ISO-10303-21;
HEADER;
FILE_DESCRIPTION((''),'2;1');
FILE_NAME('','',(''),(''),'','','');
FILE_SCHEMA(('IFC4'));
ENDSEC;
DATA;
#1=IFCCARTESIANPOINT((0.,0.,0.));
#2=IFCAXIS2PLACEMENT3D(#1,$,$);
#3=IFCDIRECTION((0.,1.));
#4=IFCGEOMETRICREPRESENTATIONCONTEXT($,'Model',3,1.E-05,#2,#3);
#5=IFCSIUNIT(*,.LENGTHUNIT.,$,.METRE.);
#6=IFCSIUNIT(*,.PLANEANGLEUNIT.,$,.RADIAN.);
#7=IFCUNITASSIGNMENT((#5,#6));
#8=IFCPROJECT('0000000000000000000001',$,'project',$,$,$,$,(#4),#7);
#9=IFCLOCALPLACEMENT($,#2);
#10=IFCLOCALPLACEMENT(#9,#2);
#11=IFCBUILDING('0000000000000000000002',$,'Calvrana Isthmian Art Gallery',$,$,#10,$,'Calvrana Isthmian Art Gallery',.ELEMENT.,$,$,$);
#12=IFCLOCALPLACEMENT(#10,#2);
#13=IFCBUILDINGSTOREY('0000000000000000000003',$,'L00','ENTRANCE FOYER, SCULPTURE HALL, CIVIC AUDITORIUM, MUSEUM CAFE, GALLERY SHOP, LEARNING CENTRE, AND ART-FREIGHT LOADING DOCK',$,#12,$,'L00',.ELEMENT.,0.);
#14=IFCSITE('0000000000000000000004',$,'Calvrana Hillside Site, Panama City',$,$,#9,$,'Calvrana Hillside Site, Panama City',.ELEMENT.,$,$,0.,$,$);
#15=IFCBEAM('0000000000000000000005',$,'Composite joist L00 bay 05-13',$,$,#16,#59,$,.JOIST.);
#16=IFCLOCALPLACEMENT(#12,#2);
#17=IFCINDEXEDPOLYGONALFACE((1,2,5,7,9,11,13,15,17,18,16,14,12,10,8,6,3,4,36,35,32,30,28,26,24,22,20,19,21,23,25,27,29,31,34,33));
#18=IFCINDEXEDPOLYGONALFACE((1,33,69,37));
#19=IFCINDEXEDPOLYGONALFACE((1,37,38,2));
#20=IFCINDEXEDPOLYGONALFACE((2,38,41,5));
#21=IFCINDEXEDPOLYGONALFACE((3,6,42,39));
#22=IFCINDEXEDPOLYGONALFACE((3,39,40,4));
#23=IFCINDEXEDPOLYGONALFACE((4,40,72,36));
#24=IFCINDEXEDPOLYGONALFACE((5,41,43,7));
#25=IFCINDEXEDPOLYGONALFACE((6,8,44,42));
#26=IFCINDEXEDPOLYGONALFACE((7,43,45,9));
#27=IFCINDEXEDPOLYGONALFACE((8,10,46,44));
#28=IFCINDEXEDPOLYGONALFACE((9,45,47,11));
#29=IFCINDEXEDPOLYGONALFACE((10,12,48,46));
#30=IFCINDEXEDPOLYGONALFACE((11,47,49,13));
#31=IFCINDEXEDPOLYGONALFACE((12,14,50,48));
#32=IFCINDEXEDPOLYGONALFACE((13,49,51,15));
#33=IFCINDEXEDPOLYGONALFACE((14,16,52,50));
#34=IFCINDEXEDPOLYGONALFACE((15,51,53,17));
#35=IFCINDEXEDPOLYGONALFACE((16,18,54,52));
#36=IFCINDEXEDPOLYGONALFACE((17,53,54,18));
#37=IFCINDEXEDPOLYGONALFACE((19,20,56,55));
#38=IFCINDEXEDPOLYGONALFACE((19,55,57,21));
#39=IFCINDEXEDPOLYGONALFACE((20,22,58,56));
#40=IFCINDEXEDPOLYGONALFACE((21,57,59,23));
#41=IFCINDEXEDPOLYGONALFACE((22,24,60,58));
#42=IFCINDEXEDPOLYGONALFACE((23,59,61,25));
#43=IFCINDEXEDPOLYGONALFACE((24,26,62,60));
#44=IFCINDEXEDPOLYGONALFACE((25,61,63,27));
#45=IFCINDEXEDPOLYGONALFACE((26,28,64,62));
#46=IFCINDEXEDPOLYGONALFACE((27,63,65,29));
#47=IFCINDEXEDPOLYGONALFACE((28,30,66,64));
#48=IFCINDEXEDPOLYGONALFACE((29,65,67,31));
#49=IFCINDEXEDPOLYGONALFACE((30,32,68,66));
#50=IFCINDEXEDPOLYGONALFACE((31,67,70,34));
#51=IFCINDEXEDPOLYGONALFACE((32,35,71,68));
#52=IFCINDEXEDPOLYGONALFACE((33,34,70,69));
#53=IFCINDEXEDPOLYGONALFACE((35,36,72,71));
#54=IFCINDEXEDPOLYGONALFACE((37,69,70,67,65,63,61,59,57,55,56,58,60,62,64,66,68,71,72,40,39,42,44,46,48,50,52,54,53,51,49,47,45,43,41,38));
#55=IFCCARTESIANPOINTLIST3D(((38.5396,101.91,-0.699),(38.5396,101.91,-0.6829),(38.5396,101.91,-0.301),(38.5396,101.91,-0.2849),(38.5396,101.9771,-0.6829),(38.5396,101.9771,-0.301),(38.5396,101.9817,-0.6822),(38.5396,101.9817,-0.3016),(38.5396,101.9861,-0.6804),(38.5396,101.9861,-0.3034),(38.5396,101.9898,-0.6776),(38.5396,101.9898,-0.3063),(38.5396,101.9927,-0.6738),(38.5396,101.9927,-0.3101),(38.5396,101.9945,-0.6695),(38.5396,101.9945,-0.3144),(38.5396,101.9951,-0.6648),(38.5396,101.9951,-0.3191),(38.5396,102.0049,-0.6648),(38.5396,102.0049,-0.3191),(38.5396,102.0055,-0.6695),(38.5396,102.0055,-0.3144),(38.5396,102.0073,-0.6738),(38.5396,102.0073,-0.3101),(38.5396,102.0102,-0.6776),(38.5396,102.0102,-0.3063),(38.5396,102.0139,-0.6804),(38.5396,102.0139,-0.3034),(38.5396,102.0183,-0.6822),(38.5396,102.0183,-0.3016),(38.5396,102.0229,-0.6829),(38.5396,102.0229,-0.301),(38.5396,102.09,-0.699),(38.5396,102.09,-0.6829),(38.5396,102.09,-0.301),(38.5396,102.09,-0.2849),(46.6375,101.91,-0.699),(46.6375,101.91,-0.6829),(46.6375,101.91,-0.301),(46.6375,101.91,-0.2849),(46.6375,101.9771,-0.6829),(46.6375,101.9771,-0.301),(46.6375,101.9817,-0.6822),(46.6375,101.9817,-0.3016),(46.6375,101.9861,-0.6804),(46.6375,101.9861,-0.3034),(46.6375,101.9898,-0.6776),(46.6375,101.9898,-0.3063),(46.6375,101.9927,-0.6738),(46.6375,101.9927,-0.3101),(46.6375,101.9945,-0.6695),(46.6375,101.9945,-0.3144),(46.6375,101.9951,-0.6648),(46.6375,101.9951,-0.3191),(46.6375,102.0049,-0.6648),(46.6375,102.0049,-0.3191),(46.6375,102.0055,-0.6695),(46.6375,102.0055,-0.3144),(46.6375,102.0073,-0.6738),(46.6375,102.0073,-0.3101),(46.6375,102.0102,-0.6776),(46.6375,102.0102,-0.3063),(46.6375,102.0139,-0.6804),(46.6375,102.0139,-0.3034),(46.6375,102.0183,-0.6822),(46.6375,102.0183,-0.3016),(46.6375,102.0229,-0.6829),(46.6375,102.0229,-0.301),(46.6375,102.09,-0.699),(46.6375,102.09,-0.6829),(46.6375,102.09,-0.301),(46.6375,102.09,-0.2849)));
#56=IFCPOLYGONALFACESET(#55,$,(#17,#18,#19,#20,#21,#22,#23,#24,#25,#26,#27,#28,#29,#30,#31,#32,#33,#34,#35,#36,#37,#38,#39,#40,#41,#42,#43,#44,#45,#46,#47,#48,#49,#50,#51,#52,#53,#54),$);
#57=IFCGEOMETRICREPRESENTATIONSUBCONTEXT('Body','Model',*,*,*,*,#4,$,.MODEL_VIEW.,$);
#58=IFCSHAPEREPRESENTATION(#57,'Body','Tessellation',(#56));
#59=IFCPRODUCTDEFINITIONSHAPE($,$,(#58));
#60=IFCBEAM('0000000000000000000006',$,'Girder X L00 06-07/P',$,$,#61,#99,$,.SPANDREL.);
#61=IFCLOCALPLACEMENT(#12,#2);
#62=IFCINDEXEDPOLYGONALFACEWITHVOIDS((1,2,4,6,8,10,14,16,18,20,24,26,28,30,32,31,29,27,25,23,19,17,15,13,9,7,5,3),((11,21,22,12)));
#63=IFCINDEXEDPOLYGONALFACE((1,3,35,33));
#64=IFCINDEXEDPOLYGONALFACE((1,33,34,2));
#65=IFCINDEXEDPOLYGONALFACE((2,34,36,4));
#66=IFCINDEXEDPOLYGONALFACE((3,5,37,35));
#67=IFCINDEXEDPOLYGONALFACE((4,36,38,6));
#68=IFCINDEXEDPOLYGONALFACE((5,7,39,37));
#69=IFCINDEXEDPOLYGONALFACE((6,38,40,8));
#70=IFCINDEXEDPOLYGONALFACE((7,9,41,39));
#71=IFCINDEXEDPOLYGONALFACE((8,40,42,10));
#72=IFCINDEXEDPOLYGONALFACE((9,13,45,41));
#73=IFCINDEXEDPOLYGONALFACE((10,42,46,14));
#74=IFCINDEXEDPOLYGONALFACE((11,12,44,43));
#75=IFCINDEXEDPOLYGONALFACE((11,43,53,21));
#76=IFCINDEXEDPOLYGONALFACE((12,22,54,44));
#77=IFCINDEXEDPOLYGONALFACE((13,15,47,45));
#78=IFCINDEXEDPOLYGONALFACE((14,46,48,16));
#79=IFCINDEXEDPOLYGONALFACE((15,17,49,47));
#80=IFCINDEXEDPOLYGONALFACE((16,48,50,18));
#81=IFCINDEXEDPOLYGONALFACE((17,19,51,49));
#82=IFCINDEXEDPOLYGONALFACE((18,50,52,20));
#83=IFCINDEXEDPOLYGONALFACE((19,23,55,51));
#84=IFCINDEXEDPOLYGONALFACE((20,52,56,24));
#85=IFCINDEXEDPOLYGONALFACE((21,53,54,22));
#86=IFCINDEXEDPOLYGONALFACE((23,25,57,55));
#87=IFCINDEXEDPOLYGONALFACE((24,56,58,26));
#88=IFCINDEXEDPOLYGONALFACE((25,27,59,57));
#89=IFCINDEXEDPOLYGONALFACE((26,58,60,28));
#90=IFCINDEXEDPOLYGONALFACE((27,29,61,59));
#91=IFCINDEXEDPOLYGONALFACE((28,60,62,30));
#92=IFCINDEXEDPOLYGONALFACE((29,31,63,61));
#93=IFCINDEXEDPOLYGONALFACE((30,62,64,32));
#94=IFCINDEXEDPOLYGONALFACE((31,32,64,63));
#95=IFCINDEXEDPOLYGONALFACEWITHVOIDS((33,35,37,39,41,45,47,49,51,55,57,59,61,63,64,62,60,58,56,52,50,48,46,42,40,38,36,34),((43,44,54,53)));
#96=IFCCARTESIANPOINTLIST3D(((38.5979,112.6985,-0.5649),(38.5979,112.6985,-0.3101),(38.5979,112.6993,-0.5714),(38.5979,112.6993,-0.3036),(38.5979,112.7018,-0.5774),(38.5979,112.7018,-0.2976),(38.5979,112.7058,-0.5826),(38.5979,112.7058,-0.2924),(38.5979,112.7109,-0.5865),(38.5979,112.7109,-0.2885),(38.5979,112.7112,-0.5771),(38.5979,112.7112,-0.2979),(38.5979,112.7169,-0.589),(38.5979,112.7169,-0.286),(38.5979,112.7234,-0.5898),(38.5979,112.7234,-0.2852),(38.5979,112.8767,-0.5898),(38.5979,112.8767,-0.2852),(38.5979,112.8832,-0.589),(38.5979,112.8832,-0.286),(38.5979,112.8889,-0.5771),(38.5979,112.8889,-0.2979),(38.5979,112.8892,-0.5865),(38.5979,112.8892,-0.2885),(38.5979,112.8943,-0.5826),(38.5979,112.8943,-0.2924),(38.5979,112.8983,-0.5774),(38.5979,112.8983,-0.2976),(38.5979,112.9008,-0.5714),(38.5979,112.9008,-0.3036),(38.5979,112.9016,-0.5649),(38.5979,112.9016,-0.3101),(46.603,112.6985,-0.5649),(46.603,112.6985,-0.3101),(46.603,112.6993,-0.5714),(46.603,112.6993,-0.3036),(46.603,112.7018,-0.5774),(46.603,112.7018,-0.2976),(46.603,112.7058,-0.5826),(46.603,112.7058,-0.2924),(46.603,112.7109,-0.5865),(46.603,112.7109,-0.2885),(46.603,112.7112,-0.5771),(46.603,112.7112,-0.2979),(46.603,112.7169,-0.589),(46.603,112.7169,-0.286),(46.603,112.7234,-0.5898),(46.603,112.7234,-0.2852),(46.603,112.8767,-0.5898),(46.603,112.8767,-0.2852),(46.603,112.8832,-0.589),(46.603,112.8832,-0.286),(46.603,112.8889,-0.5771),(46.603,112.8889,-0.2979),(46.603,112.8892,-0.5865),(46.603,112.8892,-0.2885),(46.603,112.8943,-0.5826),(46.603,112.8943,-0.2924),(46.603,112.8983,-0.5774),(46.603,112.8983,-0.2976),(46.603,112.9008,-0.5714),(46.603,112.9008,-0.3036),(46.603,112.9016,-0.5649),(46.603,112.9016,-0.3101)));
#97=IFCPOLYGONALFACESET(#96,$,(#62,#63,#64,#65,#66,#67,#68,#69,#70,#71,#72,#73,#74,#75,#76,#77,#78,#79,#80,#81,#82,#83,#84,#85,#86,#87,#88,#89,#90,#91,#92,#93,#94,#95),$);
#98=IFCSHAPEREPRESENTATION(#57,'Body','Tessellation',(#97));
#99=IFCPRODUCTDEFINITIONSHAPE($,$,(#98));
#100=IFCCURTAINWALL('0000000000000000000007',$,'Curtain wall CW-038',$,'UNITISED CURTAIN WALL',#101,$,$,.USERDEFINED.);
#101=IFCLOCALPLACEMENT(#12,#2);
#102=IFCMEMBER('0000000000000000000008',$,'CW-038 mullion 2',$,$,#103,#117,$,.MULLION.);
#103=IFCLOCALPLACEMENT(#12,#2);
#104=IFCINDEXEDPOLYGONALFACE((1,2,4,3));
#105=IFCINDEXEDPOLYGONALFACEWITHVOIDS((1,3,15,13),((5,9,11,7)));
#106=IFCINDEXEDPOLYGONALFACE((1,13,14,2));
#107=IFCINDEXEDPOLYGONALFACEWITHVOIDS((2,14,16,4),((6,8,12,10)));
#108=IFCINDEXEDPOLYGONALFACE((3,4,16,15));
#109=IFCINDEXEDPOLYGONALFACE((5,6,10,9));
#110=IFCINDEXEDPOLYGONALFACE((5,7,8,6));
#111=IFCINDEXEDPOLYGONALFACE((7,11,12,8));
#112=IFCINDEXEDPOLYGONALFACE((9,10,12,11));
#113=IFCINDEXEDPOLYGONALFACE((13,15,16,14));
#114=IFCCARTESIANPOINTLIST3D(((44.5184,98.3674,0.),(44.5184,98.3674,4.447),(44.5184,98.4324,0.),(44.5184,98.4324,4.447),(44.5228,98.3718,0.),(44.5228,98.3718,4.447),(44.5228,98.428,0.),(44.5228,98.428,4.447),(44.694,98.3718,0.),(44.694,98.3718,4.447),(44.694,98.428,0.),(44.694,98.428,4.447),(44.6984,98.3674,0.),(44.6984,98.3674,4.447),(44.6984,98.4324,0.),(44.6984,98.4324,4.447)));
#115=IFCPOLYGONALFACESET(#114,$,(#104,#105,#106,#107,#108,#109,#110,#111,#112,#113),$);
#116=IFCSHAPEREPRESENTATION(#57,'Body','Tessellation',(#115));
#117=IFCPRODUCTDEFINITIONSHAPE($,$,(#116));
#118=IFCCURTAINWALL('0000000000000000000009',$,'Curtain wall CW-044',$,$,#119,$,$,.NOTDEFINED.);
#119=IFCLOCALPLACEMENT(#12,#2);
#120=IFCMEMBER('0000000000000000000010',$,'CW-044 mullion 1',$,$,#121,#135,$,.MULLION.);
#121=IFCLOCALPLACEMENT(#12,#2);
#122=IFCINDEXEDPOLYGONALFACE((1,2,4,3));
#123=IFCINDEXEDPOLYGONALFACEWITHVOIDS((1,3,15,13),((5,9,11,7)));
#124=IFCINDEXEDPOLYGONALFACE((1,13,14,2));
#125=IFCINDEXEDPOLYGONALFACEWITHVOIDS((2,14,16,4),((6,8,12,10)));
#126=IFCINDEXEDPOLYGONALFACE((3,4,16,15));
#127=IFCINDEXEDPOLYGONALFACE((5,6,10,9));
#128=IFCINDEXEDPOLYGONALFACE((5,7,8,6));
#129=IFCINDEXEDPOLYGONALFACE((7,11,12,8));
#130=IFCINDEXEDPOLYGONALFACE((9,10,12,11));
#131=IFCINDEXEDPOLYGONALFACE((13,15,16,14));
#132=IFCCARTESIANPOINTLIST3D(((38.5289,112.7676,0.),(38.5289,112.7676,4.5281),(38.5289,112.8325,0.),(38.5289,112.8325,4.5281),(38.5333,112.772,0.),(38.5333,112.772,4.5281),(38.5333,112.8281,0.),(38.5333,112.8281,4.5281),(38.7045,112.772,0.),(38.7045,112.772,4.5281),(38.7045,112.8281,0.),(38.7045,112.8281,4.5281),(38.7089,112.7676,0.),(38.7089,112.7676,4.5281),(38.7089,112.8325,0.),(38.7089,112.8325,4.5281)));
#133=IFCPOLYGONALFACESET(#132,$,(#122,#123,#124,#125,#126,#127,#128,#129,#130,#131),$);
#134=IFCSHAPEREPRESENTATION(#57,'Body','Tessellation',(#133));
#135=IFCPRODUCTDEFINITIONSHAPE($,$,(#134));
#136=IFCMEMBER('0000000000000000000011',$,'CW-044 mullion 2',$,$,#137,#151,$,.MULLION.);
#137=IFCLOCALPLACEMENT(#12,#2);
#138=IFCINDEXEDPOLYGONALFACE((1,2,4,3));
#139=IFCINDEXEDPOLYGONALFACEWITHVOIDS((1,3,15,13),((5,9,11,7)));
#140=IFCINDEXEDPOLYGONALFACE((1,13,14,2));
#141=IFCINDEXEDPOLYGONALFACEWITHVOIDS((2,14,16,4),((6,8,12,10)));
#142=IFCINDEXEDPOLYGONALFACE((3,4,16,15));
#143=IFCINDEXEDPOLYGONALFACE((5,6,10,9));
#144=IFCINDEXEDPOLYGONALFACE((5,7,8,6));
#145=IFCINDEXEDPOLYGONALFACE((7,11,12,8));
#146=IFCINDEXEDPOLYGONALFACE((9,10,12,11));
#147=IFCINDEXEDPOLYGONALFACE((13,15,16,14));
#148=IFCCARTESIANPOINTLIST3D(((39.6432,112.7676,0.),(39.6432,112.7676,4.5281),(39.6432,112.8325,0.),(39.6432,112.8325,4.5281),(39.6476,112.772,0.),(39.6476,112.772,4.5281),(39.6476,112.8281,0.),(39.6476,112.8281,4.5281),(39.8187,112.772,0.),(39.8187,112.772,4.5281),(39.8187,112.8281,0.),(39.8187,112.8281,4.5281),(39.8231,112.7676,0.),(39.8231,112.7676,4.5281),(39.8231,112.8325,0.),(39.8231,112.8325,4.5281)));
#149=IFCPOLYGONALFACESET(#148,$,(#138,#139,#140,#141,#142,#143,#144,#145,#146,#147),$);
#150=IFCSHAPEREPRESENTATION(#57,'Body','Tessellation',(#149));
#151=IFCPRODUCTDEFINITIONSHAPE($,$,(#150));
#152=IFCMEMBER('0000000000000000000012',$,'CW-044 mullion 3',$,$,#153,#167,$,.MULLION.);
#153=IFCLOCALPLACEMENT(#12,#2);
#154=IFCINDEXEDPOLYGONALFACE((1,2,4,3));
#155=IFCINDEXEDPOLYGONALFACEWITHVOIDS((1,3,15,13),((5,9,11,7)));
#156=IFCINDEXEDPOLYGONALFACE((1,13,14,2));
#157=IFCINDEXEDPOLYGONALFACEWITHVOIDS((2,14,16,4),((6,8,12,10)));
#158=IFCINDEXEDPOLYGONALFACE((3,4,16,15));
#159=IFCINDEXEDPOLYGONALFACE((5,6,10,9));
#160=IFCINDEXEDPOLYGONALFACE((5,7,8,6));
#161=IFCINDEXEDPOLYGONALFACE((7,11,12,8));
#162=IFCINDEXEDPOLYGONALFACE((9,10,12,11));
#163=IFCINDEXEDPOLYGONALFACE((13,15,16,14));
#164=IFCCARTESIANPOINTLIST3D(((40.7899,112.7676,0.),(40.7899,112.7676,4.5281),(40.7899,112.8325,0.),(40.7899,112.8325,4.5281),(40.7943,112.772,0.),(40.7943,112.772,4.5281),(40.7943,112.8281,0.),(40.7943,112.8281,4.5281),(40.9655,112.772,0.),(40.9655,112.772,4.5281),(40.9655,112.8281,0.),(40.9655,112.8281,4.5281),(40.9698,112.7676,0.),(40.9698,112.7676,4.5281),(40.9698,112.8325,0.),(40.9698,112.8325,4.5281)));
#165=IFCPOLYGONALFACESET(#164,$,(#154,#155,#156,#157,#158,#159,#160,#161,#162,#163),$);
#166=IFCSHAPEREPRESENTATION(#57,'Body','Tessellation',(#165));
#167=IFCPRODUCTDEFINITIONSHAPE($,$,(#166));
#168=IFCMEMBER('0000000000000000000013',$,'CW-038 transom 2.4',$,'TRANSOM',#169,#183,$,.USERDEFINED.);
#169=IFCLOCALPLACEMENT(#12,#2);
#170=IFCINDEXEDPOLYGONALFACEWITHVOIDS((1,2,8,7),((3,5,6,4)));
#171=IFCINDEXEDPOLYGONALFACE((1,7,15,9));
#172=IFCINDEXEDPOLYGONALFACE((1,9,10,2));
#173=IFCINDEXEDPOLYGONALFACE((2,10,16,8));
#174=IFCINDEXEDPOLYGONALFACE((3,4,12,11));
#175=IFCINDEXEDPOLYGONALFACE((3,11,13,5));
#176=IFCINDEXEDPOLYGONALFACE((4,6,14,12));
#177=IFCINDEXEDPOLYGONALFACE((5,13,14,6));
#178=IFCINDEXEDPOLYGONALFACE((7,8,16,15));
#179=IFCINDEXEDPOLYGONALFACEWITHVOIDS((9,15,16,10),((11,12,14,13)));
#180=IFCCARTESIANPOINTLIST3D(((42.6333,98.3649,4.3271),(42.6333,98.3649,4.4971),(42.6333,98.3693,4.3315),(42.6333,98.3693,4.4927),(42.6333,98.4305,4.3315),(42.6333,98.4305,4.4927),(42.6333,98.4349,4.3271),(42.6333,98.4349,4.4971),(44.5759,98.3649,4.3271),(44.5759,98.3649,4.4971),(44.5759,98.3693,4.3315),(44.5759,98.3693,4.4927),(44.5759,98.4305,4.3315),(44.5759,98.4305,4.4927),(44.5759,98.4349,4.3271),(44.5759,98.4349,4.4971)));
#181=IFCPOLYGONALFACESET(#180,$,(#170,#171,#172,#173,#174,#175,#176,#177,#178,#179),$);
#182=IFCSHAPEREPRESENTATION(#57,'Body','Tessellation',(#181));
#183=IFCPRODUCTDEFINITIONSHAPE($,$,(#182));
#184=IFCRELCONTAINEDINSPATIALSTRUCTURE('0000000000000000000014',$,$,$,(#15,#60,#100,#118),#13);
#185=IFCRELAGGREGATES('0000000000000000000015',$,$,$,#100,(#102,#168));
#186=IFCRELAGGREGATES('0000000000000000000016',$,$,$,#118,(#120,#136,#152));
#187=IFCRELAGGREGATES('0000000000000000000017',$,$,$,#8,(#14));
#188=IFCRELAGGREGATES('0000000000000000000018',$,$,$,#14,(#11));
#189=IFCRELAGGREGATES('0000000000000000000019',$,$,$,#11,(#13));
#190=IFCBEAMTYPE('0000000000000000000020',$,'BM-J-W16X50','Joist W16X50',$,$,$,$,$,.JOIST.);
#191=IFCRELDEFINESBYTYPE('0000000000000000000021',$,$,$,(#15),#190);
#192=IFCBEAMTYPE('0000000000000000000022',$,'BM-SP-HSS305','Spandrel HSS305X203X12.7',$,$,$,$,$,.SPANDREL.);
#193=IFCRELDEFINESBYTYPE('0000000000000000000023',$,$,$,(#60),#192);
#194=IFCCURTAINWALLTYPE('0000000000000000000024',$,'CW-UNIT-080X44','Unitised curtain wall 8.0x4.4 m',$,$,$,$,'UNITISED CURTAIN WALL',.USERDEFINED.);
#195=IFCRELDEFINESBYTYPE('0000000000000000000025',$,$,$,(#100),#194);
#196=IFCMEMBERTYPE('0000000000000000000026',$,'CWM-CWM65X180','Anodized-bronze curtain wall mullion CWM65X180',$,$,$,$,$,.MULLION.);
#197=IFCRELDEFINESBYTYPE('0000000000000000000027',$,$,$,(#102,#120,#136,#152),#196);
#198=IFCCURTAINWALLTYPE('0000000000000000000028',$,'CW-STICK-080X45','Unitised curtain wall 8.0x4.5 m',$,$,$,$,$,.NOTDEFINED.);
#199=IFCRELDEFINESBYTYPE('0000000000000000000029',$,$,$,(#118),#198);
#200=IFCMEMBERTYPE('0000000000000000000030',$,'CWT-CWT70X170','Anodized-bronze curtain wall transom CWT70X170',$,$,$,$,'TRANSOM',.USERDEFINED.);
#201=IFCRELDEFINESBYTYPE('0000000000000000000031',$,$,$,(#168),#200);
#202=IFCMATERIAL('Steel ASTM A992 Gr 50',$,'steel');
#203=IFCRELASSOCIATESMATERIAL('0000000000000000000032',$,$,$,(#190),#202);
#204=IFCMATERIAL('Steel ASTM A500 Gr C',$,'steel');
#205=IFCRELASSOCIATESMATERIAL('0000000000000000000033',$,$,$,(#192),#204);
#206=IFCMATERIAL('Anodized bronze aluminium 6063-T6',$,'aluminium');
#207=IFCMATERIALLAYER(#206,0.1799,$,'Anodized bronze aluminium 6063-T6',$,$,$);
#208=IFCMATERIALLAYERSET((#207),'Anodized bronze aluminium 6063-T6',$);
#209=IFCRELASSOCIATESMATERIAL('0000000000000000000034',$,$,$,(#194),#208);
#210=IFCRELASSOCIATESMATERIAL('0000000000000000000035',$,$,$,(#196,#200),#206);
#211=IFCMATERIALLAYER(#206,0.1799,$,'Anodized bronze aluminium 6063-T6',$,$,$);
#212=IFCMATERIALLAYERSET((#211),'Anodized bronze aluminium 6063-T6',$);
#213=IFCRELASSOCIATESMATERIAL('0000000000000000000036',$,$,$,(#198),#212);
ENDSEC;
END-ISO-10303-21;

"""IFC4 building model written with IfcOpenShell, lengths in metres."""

from ifc_helpers import new_model, si_unit, direction, frame, origin, origin_2d, place, context, subcontext, project, spatial, hollow_rectangle, i_section, extrude, material, layer, layer_set, material_profile, profile_set, type_object, element, aggregate, save


model = new_model("IFC4")

# Units and contexts
model_context = context("Model", 3, precision=1e-05, world=origin(), true_north=direction((0.0, 1.0)))
body_context = subcontext(model_context, "Body", "Model", "MODEL_VIEW")
ifc_project = project(units=[si_unit("LENGTHUNIT", "METRE"), si_unit("PLANEANGLEUNIT", "RADIAN")], contexts=[model_context])

# Site, building, storey
site_placement = place(None, origin())
site = spatial("IfcSite", under=ifc_project, at=site_placement, Name="Calvrana Hillside Site, Panama City", LongName="Calvrana Hillside Site, Panama City", CompositionType="ELEMENT", RefElevation=0.0)
building_placement = place(site_placement, origin())
building = spatial("IfcBuilding", under=site, at=building_placement, Name="Calvrana Isthmian Art Gallery", LongName="Calvrana Isthmian Art Gallery", CompositionType="ELEMENT")
storey_placement = place(building_placement, origin())
storey = spatial("IfcBuildingStorey", under=building, at=storey_placement, Name="L00", Description="ENTRANCE FOYER, SCULPTURE HALL, CIVIC AUDITORIUM, MUSEUM CAFE, GALLERY SHOP, LEARNING CENTRE, AND ART-FREIGHT LOADING DOCK", LongName="L00", CompositionType="ELEMENT", Elevation=0.0)

# Shared definitions
ifc_material_1 = material(Name="Steel ASTM A992 Gr 50", Category="steel")

# Beams
ifc_material_profile_1 = material_profile(ifc_material_1, i_section(OverallWidth=0.1799, OverallDepth=0.4141, WebThickness=0.0098, FlangeThickness=0.0161, FilletRadius=0.0181, at=origin_2d()), Name="W16X50")
ifc_profile_set_1 = profile_set([ifc_material_profile_1], Name="Steel ASTM A992 Gr 50")
beam_type_1 = type_object("IfcBeamType", Name="BM-J-W16X50", Description="Joist W16X50", PredefinedType="JOIST", material=ifc_profile_set_1)
beam_1_placement = place(storey_placement, frame((38.5396, 102.0, -0.4919), z_axis=(1.0, 0.0, 0.0), x_axis=(0.0, 1.0, 0.0)))
element("IfcBeam", 1, at=beam_1_placement, inside=storey, type_object=beam_type_1, Name="Composite joist L00 bay 05-13", PredefinedType="JOIST", context=body_context, shape_type="SweptSolid", body=[
    extrude(i_section(OverallWidth=0.1799, OverallDepth=0.4141, WebThickness=0.0098, FlangeThickness=0.0161, FilletRadius=0.0181, at=origin_2d()), origin(), (0.0, 0.0, 1.0), 8.0979),
])
ifc_material_2 = material(Name="Steel ASTM A500 Gr C", Category="steel")
ifc_material_profile_2 = material_profile(ifc_material_2, hollow_rectangle(XDim=0.2031, YDim=0.3047, WallThickness=0.0127, OuterFilletRadius=0.0249, at=origin_2d()), Name="HSS305X203X12.7")
ifc_profile_set_2 = profile_set([ifc_material_profile_2], Name="Steel ASTM A500 Gr C")
beam_type_2 = type_object("IfcBeamType", Name="BM-SP-HSS305", Description="Spandrel HSS305X203X12.7", PredefinedType="SPANDREL", material=ifc_profile_set_2)
beam_2_placement = place(storey_placement, frame((38.5979, 112.8, -0.4375), z_axis=(1.0, 0.0, 0.0), x_axis=(0.0, 1.0, 0.0)))
element("IfcBeam", 2, at=beam_2_placement, inside=storey, type_object=beam_type_2, Name="Girder X L00 06-07/P", PredefinedType="SPANDREL", context=body_context, shape_type="SweptSolid", body=[
    extrude(hollow_rectangle(XDim=0.2031, YDim=0.3047, WallThickness=0.0127, OuterFilletRadius=0.0249, at=origin_2d()), origin(), (0.0, 0.0, 1.0), 8.0051),
])

# Curtain wall, member
ifc_material_3 = material(Name="Anodized bronze aluminium 6063-T6", Category="aluminium")
ifc_layer_1 = layer(ifc_material_3, 0.1799, Name="Anodized bronze aluminium 6063-T6")
ifc_layer_set_1 = layer_set([ifc_layer_1], Name="Anodized bronze aluminium 6063-T6")
curtain_wall_type_1 = type_object("IfcCurtainWallType", Name="CW-UNIT-080X44", Description="Unitised curtain wall 8.0x4.4 m", ElementType="UNITISED CURTAIN WALL", PredefinedType="USERDEFINED", material=ifc_layer_set_1)
curtain_wall_1_placement = place(storey_placement, origin())
curtain_wall_1 = element("IfcCurtainWall", 3, at=curtain_wall_1_placement, inside=storey, type_object=curtain_wall_type_1, Name="Curtain wall CW-038", ObjectType="UNITISED CURTAIN WALL", PredefinedType="USERDEFINED")
ifc_material_profile_3 = material_profile(ifc_material_3, hollow_rectangle(XDim=0.0649, YDim=0.1799, WallThickness=0.0044, at=origin_2d()), Name="CWM65X180")
ifc_profile_set_3 = profile_set([ifc_material_profile_3], Name="Anodized bronze aluminium 6063-T6")
member_type_1 = type_object("IfcMemberType", Name="CWM-CWM65X180", Description="Anodized-bronze curtain wall mullion CWM65X180", PredefinedType="MULLION", material=ifc_profile_set_3)
member_1_placement = place(storey_placement, frame((44.6084, 98.3999, 0.0), z_axis=(0.0, 0.0, 1.0), x_axis=(0.0, -1.0, 0.0)))
member_1 = element("IfcMember", 4, at=member_1_placement, type_object=member_type_1, Name="CW-038 mullion 2", PredefinedType="MULLION", context=body_context, shape_type="SweptSolid", body=[
    extrude(hollow_rectangle(XDim=0.0649, YDim=0.1799, WallThickness=0.0044, at=origin_2d()), origin(), (0.0, 0.0, 1.0), 4.447),
])

# Curtain wall, members
ifc_layer_2 = layer(ifc_material_3, 0.1799, Name="Anodized bronze aluminium 6063-T6")
ifc_layer_set_2 = layer_set([ifc_layer_2], Name="Anodized bronze aluminium 6063-T6")
curtain_wall_type_2 = type_object("IfcCurtainWallType", Name="CW-STICK-080X45", Description="Unitised curtain wall 8.0x4.5 m", PredefinedType="NOTDEFINED", material=ifc_layer_set_2)
curtain_wall_2_placement = place(storey_placement, origin())
curtain_wall_2 = element("IfcCurtainWall", 5, at=curtain_wall_2_placement, inside=storey, type_object=curtain_wall_type_2, Name="Curtain wall CW-044", PredefinedType="NOTDEFINED")
member_2_placement = place(storey_placement, frame((38.6189, 112.8, 0.0), z_axis=(0.0, 0.0, 1.0), x_axis=(0.0, 1.0, 0.0)))
member_2 = element("IfcMember", 6, at=member_2_placement, type_object=member_type_1, Name="CW-044 mullion 1", PredefinedType="MULLION", context=body_context, shape_type="SweptSolid", body=[
    extrude(hollow_rectangle(XDim=0.0649, YDim=0.1799, WallThickness=0.0044, at=origin_2d()), origin(), (0.0, 0.0, 1.0), 4.5281),
])
member_3_placement = place(storey_placement, frame((39.7332, 112.8, 0.0), z_axis=(0.0, 0.0, 1.0), x_axis=(0.0, 1.0, 0.0)))
member_3 = element("IfcMember", 7, at=member_3_placement, type_object=member_type_1, Name="CW-044 mullion 2", PredefinedType="MULLION", context=body_context, shape_type="SweptSolid", body=[
    extrude(hollow_rectangle(XDim=0.0649, YDim=0.1799, WallThickness=0.0044, at=origin_2d()), origin(), (0.0, 0.0, 1.0), 4.5281),
])
member_4_placement = place(storey_placement, frame((40.8799, 112.8, 0.0), z_axis=(0.0, 0.0, 1.0), x_axis=(0.0, 1.0, 0.0)))
member_4 = element("IfcMember", 8, at=member_4_placement, type_object=member_type_1, Name="CW-044 mullion 3", PredefinedType="MULLION", context=body_context, shape_type="SweptSolid", body=[
    extrude(hollow_rectangle(XDim=0.0649, YDim=0.1799, WallThickness=0.0044, at=origin_2d()), origin(), (0.0, 0.0, 1.0), 4.5281),
])

# Member
ifc_material_profile_4 = material_profile(ifc_material_3, hollow_rectangle(XDim=0.0701, YDim=0.1699, WallThickness=0.0044, at=origin_2d()), Name="CWT70X170")
ifc_profile_set_4 = profile_set([ifc_material_profile_4], Name="Anodized bronze aluminium 6063-T6")
member_type_2 = type_object("IfcMemberType", Name="CWT-CWT70X170", Description="Anodized-bronze curtain wall transom CWT70X170", ElementType="TRANSOM", PredefinedType="USERDEFINED", material=ifc_profile_set_4)
member_5_placement = place(storey_placement, frame((44.5759, 98.3999, 4.4121), z_axis=(-1.0, 0.0, 0.0), x_axis=(0.0, -1.0, 0.0)))
member_5 = element("IfcMember", 9, at=member_5_placement, type_object=member_type_2, Name="CW-038 transom 2.4", ObjectType="TRANSOM", PredefinedType="USERDEFINED", context=body_context, shape_type="SweptSolid", body=[
    extrude(hollow_rectangle(XDim=0.0701, YDim=0.1699, WallThickness=0.0044, at=origin_2d()), origin(), (0.0, 0.0, 1.0), 1.9426),
])

aggregate(curtain_wall_1, [member_1, member_5])
aggregate(curtain_wall_2, [member_2, member_3, member_4])

save(model, "model.ifc")
